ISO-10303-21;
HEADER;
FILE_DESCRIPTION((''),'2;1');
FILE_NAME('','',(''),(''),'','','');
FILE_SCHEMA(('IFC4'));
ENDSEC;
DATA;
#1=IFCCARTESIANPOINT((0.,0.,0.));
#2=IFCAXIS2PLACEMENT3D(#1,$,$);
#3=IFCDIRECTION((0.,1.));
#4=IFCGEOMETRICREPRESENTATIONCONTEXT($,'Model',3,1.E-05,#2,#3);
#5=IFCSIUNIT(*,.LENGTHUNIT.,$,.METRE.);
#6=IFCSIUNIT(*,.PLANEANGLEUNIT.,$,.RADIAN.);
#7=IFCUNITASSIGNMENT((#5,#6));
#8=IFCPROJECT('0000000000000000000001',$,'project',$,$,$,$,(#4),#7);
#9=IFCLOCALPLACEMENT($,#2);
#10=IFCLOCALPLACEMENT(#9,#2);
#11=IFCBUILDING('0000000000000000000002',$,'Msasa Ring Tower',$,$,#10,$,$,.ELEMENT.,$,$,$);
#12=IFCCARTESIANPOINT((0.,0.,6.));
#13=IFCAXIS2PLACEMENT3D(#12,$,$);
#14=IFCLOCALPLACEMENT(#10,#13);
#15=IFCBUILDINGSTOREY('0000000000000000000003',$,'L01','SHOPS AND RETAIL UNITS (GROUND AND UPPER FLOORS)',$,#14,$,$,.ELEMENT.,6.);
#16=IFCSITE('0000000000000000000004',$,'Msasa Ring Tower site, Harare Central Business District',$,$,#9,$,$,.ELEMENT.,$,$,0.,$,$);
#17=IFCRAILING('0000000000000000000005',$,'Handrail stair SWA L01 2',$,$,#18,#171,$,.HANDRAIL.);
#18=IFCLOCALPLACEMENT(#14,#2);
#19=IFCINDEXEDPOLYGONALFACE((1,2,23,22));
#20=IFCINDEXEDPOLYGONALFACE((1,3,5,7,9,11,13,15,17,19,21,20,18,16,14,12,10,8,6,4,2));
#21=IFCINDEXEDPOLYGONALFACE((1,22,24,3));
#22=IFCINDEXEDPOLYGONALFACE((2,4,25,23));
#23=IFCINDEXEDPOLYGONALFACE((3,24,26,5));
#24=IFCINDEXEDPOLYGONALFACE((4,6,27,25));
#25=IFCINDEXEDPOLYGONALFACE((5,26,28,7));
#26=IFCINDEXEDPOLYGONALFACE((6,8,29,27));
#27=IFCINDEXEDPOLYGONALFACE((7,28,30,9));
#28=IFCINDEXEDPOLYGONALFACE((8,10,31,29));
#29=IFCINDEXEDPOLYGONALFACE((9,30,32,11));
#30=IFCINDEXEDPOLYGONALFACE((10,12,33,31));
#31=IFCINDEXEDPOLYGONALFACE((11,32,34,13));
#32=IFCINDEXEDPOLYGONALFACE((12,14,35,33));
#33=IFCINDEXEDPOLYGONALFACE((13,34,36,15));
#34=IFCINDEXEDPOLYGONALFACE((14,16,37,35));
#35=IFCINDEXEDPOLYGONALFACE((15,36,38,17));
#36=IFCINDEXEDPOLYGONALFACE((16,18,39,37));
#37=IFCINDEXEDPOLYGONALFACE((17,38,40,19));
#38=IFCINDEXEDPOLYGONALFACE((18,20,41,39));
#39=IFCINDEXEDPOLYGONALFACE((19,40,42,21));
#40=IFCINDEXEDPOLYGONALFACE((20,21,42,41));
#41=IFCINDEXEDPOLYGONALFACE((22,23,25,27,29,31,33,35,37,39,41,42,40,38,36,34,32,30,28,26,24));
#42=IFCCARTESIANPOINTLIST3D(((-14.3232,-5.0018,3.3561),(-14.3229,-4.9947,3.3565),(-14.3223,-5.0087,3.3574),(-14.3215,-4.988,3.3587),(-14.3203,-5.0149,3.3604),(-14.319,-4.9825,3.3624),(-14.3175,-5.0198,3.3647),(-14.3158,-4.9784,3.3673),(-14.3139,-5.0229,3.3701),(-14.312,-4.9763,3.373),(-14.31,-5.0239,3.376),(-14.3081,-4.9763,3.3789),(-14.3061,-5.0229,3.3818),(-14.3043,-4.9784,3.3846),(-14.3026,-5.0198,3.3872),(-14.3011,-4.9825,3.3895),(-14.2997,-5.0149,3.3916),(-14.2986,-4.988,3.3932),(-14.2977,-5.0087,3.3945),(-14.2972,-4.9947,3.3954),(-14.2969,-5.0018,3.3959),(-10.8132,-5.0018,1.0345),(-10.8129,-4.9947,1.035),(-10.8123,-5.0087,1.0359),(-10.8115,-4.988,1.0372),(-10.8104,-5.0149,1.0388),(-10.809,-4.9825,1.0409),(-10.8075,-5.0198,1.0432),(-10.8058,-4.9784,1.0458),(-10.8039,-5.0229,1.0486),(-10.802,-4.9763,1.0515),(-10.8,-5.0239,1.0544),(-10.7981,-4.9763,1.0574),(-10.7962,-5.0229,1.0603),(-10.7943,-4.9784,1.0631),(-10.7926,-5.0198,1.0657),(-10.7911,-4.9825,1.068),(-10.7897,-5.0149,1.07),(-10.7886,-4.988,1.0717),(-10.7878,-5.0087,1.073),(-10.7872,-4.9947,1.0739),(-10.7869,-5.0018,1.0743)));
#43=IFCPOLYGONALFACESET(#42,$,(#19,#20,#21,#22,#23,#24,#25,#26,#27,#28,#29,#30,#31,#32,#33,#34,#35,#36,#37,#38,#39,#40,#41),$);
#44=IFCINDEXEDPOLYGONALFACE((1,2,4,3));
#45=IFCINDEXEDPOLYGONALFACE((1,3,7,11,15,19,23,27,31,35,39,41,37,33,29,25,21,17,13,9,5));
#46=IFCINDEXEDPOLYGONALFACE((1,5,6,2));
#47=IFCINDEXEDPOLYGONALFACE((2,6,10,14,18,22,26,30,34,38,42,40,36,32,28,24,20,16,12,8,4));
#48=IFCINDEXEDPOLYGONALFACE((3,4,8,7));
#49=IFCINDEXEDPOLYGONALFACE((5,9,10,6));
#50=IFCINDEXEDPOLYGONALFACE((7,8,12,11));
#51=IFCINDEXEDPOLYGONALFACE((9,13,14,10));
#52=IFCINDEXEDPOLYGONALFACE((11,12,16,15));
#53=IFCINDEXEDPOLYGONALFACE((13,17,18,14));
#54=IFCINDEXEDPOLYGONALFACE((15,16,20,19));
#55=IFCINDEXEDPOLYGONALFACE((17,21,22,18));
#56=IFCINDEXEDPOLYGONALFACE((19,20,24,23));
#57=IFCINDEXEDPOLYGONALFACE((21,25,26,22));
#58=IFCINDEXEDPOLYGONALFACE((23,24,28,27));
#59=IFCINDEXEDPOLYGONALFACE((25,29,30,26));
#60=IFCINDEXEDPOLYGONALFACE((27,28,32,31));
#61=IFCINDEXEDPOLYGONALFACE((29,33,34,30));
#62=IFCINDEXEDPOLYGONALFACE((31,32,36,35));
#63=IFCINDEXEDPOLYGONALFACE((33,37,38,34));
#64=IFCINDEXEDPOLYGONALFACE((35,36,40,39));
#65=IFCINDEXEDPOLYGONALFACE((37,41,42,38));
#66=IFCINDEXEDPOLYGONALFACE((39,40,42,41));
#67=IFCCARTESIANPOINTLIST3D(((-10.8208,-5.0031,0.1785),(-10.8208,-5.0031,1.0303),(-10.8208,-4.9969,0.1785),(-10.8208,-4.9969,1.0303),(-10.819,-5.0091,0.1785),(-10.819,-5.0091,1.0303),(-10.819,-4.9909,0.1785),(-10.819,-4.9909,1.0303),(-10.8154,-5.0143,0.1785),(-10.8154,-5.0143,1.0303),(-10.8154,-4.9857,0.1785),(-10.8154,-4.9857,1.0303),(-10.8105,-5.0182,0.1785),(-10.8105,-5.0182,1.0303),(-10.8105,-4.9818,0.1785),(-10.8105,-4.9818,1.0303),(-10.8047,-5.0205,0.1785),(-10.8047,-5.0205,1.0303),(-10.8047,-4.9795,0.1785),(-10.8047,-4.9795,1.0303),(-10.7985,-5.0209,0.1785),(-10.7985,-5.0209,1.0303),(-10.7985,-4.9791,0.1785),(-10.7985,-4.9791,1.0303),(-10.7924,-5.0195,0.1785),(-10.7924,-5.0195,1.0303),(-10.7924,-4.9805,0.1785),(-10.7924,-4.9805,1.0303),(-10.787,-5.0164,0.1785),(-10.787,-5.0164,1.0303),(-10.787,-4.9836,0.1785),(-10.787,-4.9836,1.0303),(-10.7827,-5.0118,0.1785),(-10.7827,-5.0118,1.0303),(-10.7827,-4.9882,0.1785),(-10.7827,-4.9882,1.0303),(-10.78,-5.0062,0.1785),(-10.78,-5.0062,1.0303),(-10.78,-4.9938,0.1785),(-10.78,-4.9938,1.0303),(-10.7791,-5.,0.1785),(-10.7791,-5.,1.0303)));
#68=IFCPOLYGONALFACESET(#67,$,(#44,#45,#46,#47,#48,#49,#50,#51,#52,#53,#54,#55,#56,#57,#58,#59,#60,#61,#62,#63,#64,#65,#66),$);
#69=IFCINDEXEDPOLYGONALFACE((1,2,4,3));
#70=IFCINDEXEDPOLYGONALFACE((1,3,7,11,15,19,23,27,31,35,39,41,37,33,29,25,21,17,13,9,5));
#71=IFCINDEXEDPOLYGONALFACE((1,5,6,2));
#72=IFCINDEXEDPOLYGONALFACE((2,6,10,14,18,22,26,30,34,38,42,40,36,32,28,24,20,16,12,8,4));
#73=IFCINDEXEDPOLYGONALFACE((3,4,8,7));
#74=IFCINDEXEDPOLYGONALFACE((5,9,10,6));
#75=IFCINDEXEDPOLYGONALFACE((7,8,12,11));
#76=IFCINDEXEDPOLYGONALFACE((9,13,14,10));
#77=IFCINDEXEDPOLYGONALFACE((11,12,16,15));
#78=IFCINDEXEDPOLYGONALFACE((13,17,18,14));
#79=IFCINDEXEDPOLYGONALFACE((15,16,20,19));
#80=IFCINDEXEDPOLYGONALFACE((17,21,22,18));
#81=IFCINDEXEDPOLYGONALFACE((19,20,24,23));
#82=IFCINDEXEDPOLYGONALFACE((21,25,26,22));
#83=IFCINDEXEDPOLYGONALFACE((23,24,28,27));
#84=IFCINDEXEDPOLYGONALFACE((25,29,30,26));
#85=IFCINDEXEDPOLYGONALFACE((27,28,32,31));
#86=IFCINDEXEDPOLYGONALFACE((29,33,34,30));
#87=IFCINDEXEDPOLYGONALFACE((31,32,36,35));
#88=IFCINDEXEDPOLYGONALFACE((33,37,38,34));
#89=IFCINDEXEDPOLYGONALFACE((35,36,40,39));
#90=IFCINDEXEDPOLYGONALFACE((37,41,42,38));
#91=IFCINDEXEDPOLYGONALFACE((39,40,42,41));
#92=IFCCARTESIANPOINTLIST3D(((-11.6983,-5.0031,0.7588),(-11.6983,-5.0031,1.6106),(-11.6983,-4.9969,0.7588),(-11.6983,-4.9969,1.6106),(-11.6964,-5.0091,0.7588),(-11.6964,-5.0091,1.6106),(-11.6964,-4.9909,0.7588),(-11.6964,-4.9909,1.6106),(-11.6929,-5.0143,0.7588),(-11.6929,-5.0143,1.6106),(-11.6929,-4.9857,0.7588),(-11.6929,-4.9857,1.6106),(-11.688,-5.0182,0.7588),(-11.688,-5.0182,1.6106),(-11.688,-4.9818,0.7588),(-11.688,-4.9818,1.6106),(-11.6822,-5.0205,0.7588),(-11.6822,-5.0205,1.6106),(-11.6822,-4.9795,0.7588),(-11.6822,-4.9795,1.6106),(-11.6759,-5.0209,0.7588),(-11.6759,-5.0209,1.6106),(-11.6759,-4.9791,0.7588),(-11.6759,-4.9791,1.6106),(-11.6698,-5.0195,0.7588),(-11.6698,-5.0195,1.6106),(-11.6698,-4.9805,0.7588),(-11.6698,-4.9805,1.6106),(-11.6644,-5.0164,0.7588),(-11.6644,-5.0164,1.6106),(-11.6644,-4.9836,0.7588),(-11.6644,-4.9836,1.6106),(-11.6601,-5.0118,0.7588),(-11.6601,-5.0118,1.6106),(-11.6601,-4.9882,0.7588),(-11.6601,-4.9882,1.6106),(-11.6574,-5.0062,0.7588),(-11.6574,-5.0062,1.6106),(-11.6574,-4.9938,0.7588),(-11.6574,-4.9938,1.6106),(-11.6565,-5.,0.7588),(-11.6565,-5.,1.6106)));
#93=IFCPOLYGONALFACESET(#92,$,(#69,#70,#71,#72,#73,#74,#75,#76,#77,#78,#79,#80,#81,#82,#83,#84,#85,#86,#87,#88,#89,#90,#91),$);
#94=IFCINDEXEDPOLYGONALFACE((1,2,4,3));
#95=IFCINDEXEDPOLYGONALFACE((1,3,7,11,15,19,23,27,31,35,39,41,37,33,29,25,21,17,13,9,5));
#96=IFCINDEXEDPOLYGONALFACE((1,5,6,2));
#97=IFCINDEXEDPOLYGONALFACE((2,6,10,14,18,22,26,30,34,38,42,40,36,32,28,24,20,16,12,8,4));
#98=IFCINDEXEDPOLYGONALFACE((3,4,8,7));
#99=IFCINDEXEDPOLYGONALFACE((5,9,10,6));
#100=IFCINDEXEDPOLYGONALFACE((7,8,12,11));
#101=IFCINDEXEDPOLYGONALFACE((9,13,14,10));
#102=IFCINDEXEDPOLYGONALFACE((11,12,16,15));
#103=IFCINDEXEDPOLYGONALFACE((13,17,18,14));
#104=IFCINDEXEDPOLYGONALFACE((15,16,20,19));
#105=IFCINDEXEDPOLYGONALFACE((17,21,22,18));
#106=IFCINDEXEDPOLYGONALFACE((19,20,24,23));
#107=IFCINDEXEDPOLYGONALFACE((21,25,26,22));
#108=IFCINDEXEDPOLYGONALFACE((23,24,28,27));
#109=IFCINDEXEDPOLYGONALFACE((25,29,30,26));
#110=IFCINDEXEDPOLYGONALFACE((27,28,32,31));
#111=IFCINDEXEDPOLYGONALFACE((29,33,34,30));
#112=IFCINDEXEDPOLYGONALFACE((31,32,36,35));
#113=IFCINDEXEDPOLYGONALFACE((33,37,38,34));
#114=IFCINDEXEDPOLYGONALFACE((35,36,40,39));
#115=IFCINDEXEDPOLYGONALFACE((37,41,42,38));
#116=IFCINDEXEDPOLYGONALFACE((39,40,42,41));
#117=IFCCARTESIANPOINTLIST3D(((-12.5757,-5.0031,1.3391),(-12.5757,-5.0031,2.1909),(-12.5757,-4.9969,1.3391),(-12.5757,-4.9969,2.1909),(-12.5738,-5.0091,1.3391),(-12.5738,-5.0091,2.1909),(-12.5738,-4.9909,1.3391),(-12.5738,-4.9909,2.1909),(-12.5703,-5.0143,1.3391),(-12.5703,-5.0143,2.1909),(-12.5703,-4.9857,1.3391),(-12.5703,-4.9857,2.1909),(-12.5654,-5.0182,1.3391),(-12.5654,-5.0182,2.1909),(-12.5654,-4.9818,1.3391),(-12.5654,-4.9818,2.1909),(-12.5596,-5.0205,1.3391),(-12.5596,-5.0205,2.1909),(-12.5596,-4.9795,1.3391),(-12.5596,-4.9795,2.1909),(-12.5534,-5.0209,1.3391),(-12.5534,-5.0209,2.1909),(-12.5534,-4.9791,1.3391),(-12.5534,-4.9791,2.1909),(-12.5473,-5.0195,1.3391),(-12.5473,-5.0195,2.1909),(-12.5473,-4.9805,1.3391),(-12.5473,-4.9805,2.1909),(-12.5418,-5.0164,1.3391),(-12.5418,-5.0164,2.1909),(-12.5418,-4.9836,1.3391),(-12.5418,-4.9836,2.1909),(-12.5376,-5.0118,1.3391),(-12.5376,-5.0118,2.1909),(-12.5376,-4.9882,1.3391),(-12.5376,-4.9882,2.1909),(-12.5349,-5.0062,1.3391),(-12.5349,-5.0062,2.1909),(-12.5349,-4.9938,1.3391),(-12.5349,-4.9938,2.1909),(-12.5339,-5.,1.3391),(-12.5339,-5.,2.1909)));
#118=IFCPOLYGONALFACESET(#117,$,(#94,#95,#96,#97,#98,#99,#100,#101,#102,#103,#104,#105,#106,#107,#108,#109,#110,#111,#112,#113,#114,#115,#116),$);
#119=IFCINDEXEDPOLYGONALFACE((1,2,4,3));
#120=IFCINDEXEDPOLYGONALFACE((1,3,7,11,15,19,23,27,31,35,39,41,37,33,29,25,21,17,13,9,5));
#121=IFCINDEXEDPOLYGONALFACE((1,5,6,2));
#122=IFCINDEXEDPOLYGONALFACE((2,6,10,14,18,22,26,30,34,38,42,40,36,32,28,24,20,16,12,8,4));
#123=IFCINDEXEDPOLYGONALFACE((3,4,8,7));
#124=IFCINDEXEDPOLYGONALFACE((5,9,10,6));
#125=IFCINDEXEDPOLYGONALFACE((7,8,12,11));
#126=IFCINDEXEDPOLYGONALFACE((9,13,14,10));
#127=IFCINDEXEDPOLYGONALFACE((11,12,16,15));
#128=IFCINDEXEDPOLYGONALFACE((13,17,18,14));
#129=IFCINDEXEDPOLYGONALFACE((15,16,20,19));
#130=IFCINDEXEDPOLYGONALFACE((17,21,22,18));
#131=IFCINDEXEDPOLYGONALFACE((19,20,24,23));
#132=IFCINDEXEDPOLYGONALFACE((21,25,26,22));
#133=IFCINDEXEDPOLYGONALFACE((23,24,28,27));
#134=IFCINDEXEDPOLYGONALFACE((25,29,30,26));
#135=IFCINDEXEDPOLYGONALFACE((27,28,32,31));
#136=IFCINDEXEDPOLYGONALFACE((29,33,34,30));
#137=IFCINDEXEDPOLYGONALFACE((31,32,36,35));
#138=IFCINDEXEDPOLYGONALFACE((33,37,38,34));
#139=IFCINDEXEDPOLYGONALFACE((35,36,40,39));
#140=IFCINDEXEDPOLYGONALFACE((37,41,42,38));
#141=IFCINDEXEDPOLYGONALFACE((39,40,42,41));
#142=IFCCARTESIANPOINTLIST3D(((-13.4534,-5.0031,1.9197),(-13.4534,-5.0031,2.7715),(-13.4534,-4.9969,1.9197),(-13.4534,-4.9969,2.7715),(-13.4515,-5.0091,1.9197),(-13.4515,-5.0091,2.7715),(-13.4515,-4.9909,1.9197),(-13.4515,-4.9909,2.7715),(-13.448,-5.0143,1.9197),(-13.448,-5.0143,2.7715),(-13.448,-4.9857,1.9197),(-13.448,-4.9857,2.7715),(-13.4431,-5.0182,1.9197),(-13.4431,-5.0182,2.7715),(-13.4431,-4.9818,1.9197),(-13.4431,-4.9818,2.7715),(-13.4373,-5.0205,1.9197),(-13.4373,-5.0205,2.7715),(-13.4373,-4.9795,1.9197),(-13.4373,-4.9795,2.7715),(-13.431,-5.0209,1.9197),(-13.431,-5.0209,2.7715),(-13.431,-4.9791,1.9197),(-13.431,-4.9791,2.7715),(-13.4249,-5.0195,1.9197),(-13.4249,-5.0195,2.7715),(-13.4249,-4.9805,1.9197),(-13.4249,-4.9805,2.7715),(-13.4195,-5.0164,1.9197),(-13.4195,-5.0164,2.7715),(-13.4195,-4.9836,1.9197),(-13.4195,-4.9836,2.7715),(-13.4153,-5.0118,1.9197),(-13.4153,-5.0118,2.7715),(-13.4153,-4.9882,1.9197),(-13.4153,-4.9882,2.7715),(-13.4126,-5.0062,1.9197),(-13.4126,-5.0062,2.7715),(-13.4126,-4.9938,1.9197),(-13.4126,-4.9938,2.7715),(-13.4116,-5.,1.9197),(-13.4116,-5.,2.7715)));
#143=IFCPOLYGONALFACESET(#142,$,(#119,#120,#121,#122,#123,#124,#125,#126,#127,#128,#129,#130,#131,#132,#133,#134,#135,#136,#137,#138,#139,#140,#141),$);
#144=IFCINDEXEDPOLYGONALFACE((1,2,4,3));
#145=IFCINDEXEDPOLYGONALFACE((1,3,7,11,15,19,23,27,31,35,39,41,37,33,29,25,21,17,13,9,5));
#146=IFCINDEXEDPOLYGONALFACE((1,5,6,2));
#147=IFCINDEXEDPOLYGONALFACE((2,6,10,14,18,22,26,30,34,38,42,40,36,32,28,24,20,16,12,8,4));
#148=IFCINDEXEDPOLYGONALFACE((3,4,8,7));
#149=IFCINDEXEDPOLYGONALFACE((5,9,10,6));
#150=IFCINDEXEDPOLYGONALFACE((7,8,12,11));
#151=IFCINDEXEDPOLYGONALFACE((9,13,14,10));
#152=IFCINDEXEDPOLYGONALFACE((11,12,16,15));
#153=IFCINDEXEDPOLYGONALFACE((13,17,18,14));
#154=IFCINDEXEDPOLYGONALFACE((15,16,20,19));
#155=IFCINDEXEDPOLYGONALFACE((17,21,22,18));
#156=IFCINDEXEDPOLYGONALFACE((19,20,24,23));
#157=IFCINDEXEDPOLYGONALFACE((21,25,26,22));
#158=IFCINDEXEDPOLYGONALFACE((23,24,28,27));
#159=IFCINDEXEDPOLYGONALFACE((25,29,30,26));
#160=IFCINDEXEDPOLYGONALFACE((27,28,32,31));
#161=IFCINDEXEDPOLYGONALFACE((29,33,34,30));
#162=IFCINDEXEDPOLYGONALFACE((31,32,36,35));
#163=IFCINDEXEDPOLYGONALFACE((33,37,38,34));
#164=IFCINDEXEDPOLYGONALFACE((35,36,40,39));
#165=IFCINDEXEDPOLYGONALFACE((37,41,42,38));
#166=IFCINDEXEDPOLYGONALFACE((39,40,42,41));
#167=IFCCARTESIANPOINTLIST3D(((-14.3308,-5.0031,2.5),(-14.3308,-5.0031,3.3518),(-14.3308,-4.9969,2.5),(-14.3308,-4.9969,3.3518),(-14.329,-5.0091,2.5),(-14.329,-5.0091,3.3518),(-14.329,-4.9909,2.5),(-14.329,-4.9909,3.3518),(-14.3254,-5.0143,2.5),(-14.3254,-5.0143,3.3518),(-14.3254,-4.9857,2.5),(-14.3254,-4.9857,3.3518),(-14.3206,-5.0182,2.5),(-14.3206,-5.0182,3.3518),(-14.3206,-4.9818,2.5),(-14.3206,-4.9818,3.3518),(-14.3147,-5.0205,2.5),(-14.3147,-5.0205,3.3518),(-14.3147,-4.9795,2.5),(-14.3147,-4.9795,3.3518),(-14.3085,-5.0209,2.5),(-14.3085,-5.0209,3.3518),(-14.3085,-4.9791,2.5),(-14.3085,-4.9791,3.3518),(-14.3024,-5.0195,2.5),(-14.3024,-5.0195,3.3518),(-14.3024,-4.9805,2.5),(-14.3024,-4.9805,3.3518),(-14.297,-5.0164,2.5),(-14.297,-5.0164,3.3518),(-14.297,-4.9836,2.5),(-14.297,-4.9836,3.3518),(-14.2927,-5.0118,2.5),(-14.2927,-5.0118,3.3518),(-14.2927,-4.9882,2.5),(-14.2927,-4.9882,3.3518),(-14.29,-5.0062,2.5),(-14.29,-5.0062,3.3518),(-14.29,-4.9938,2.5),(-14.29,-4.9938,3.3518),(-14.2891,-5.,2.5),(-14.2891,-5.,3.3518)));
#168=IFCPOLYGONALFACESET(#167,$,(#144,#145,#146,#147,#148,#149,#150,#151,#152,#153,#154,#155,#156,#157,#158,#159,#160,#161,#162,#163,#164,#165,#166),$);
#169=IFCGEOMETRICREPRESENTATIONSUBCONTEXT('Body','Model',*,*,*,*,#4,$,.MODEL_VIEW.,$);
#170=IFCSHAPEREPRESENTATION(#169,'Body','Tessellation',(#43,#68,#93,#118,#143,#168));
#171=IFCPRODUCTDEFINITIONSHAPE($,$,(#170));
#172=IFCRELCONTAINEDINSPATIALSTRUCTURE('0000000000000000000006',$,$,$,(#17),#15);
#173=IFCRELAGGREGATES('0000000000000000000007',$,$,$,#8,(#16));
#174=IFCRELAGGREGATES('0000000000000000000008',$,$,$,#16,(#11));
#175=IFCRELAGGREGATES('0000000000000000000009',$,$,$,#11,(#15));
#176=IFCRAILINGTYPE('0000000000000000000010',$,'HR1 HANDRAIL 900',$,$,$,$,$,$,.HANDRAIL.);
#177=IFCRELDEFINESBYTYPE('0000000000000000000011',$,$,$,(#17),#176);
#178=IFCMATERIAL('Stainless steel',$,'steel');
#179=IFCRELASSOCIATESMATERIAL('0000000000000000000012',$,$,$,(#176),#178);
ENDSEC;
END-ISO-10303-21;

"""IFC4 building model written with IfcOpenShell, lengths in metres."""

from ifc_helpers import new_model, si_unit, direction, frame, origin, origin_2d, place, context, subcontext, project, spatial, circle, extrude, material, type_object, element, save


model = new_model("IFC4")

# Units and contexts
model_context = context("Model", 3, precision=1e-05, world=origin(), true_north=direction((0.0, 1.0)))
body_context = subcontext(model_context, "Body", "Model", "MODEL_VIEW")
ifc_project = project(units=[si_unit("LENGTHUNIT", "METRE"), si_unit("PLANEANGLEUNIT", "RADIAN")], contexts=[model_context])

# Site, building, storey
site_placement = place(None, origin())
site = spatial("IfcSite", under=ifc_project, at=site_placement, Name="Msasa Ring Tower site, Harare Central Business District", CompositionType="ELEMENT", RefElevation=0.0)
building_placement = place(site_placement, origin())
building = spatial("IfcBuilding", under=site, at=building_placement, Name="Msasa Ring Tower", CompositionType="ELEMENT")
storey_placement = place(building_placement, frame((0.0, 0.0, 6.0)))
storey = spatial("IfcBuildingStorey", under=building, at=storey_placement, Name="L01", Description="SHOPS AND RETAIL UNITS (GROUND AND UPPER FLOORS)", CompositionType="ELEMENT", Elevation=6.0)

# Railing
ifc_material_1 = material(Name="Stainless steel", Category="steel")
railing_type = type_object("IfcRailingType", Name="HR1 HANDRAIL 900", PredefinedType="HANDRAIL", material=ifc_material_1)
for number, where, name in (
    (1, (-10.8, -5.0, 0.1785), "Handrail stair SWA L01 2"),
):
    element("IfcRailing", number, at=place(storey_placement, frame(where)), inside=storey, type_object=railing_type, Name=name, PredefinedType="HANDRAIL", context=body_context, shape_type="SweptSolid", body=[
        extrude(circle(Radius=0.0239, at=origin_2d()), frame((0.0, 0.0, 0.876), z_axis=(-0.834071, 0.0, 0.551657), x_axis=(0.0, -1.0, 0.0)), (0.0, 0.0, 1.0), 4.2083),
        extrude(circle(Radius=0.021, at=origin_2d()), origin(), (0.0, 0.0, 1.0), 0.8518),
        extrude(circle(Radius=0.021, at=origin_2d()), frame((-0.8774, 0.0, 0.5803)), (0.0, 0.0, 1.0), 0.8518),
        extrude(circle(Radius=0.021, at=origin_2d()), frame((-1.7549, 0.0, 1.1606)), (0.0, 0.0, 1.0), 0.8518),
        extrude(circle(Radius=0.021, at=origin_2d()), frame((-2.6326, 0.0, 1.7412)), (0.0, 0.0, 1.0), 0.8518),
        extrude(circle(Radius=0.021, at=origin_2d()), frame((-3.51, 0.0, 2.3215)), (0.0, 0.0, 1.0), 0.8518),
    ])

save(model, "model.ifc")
